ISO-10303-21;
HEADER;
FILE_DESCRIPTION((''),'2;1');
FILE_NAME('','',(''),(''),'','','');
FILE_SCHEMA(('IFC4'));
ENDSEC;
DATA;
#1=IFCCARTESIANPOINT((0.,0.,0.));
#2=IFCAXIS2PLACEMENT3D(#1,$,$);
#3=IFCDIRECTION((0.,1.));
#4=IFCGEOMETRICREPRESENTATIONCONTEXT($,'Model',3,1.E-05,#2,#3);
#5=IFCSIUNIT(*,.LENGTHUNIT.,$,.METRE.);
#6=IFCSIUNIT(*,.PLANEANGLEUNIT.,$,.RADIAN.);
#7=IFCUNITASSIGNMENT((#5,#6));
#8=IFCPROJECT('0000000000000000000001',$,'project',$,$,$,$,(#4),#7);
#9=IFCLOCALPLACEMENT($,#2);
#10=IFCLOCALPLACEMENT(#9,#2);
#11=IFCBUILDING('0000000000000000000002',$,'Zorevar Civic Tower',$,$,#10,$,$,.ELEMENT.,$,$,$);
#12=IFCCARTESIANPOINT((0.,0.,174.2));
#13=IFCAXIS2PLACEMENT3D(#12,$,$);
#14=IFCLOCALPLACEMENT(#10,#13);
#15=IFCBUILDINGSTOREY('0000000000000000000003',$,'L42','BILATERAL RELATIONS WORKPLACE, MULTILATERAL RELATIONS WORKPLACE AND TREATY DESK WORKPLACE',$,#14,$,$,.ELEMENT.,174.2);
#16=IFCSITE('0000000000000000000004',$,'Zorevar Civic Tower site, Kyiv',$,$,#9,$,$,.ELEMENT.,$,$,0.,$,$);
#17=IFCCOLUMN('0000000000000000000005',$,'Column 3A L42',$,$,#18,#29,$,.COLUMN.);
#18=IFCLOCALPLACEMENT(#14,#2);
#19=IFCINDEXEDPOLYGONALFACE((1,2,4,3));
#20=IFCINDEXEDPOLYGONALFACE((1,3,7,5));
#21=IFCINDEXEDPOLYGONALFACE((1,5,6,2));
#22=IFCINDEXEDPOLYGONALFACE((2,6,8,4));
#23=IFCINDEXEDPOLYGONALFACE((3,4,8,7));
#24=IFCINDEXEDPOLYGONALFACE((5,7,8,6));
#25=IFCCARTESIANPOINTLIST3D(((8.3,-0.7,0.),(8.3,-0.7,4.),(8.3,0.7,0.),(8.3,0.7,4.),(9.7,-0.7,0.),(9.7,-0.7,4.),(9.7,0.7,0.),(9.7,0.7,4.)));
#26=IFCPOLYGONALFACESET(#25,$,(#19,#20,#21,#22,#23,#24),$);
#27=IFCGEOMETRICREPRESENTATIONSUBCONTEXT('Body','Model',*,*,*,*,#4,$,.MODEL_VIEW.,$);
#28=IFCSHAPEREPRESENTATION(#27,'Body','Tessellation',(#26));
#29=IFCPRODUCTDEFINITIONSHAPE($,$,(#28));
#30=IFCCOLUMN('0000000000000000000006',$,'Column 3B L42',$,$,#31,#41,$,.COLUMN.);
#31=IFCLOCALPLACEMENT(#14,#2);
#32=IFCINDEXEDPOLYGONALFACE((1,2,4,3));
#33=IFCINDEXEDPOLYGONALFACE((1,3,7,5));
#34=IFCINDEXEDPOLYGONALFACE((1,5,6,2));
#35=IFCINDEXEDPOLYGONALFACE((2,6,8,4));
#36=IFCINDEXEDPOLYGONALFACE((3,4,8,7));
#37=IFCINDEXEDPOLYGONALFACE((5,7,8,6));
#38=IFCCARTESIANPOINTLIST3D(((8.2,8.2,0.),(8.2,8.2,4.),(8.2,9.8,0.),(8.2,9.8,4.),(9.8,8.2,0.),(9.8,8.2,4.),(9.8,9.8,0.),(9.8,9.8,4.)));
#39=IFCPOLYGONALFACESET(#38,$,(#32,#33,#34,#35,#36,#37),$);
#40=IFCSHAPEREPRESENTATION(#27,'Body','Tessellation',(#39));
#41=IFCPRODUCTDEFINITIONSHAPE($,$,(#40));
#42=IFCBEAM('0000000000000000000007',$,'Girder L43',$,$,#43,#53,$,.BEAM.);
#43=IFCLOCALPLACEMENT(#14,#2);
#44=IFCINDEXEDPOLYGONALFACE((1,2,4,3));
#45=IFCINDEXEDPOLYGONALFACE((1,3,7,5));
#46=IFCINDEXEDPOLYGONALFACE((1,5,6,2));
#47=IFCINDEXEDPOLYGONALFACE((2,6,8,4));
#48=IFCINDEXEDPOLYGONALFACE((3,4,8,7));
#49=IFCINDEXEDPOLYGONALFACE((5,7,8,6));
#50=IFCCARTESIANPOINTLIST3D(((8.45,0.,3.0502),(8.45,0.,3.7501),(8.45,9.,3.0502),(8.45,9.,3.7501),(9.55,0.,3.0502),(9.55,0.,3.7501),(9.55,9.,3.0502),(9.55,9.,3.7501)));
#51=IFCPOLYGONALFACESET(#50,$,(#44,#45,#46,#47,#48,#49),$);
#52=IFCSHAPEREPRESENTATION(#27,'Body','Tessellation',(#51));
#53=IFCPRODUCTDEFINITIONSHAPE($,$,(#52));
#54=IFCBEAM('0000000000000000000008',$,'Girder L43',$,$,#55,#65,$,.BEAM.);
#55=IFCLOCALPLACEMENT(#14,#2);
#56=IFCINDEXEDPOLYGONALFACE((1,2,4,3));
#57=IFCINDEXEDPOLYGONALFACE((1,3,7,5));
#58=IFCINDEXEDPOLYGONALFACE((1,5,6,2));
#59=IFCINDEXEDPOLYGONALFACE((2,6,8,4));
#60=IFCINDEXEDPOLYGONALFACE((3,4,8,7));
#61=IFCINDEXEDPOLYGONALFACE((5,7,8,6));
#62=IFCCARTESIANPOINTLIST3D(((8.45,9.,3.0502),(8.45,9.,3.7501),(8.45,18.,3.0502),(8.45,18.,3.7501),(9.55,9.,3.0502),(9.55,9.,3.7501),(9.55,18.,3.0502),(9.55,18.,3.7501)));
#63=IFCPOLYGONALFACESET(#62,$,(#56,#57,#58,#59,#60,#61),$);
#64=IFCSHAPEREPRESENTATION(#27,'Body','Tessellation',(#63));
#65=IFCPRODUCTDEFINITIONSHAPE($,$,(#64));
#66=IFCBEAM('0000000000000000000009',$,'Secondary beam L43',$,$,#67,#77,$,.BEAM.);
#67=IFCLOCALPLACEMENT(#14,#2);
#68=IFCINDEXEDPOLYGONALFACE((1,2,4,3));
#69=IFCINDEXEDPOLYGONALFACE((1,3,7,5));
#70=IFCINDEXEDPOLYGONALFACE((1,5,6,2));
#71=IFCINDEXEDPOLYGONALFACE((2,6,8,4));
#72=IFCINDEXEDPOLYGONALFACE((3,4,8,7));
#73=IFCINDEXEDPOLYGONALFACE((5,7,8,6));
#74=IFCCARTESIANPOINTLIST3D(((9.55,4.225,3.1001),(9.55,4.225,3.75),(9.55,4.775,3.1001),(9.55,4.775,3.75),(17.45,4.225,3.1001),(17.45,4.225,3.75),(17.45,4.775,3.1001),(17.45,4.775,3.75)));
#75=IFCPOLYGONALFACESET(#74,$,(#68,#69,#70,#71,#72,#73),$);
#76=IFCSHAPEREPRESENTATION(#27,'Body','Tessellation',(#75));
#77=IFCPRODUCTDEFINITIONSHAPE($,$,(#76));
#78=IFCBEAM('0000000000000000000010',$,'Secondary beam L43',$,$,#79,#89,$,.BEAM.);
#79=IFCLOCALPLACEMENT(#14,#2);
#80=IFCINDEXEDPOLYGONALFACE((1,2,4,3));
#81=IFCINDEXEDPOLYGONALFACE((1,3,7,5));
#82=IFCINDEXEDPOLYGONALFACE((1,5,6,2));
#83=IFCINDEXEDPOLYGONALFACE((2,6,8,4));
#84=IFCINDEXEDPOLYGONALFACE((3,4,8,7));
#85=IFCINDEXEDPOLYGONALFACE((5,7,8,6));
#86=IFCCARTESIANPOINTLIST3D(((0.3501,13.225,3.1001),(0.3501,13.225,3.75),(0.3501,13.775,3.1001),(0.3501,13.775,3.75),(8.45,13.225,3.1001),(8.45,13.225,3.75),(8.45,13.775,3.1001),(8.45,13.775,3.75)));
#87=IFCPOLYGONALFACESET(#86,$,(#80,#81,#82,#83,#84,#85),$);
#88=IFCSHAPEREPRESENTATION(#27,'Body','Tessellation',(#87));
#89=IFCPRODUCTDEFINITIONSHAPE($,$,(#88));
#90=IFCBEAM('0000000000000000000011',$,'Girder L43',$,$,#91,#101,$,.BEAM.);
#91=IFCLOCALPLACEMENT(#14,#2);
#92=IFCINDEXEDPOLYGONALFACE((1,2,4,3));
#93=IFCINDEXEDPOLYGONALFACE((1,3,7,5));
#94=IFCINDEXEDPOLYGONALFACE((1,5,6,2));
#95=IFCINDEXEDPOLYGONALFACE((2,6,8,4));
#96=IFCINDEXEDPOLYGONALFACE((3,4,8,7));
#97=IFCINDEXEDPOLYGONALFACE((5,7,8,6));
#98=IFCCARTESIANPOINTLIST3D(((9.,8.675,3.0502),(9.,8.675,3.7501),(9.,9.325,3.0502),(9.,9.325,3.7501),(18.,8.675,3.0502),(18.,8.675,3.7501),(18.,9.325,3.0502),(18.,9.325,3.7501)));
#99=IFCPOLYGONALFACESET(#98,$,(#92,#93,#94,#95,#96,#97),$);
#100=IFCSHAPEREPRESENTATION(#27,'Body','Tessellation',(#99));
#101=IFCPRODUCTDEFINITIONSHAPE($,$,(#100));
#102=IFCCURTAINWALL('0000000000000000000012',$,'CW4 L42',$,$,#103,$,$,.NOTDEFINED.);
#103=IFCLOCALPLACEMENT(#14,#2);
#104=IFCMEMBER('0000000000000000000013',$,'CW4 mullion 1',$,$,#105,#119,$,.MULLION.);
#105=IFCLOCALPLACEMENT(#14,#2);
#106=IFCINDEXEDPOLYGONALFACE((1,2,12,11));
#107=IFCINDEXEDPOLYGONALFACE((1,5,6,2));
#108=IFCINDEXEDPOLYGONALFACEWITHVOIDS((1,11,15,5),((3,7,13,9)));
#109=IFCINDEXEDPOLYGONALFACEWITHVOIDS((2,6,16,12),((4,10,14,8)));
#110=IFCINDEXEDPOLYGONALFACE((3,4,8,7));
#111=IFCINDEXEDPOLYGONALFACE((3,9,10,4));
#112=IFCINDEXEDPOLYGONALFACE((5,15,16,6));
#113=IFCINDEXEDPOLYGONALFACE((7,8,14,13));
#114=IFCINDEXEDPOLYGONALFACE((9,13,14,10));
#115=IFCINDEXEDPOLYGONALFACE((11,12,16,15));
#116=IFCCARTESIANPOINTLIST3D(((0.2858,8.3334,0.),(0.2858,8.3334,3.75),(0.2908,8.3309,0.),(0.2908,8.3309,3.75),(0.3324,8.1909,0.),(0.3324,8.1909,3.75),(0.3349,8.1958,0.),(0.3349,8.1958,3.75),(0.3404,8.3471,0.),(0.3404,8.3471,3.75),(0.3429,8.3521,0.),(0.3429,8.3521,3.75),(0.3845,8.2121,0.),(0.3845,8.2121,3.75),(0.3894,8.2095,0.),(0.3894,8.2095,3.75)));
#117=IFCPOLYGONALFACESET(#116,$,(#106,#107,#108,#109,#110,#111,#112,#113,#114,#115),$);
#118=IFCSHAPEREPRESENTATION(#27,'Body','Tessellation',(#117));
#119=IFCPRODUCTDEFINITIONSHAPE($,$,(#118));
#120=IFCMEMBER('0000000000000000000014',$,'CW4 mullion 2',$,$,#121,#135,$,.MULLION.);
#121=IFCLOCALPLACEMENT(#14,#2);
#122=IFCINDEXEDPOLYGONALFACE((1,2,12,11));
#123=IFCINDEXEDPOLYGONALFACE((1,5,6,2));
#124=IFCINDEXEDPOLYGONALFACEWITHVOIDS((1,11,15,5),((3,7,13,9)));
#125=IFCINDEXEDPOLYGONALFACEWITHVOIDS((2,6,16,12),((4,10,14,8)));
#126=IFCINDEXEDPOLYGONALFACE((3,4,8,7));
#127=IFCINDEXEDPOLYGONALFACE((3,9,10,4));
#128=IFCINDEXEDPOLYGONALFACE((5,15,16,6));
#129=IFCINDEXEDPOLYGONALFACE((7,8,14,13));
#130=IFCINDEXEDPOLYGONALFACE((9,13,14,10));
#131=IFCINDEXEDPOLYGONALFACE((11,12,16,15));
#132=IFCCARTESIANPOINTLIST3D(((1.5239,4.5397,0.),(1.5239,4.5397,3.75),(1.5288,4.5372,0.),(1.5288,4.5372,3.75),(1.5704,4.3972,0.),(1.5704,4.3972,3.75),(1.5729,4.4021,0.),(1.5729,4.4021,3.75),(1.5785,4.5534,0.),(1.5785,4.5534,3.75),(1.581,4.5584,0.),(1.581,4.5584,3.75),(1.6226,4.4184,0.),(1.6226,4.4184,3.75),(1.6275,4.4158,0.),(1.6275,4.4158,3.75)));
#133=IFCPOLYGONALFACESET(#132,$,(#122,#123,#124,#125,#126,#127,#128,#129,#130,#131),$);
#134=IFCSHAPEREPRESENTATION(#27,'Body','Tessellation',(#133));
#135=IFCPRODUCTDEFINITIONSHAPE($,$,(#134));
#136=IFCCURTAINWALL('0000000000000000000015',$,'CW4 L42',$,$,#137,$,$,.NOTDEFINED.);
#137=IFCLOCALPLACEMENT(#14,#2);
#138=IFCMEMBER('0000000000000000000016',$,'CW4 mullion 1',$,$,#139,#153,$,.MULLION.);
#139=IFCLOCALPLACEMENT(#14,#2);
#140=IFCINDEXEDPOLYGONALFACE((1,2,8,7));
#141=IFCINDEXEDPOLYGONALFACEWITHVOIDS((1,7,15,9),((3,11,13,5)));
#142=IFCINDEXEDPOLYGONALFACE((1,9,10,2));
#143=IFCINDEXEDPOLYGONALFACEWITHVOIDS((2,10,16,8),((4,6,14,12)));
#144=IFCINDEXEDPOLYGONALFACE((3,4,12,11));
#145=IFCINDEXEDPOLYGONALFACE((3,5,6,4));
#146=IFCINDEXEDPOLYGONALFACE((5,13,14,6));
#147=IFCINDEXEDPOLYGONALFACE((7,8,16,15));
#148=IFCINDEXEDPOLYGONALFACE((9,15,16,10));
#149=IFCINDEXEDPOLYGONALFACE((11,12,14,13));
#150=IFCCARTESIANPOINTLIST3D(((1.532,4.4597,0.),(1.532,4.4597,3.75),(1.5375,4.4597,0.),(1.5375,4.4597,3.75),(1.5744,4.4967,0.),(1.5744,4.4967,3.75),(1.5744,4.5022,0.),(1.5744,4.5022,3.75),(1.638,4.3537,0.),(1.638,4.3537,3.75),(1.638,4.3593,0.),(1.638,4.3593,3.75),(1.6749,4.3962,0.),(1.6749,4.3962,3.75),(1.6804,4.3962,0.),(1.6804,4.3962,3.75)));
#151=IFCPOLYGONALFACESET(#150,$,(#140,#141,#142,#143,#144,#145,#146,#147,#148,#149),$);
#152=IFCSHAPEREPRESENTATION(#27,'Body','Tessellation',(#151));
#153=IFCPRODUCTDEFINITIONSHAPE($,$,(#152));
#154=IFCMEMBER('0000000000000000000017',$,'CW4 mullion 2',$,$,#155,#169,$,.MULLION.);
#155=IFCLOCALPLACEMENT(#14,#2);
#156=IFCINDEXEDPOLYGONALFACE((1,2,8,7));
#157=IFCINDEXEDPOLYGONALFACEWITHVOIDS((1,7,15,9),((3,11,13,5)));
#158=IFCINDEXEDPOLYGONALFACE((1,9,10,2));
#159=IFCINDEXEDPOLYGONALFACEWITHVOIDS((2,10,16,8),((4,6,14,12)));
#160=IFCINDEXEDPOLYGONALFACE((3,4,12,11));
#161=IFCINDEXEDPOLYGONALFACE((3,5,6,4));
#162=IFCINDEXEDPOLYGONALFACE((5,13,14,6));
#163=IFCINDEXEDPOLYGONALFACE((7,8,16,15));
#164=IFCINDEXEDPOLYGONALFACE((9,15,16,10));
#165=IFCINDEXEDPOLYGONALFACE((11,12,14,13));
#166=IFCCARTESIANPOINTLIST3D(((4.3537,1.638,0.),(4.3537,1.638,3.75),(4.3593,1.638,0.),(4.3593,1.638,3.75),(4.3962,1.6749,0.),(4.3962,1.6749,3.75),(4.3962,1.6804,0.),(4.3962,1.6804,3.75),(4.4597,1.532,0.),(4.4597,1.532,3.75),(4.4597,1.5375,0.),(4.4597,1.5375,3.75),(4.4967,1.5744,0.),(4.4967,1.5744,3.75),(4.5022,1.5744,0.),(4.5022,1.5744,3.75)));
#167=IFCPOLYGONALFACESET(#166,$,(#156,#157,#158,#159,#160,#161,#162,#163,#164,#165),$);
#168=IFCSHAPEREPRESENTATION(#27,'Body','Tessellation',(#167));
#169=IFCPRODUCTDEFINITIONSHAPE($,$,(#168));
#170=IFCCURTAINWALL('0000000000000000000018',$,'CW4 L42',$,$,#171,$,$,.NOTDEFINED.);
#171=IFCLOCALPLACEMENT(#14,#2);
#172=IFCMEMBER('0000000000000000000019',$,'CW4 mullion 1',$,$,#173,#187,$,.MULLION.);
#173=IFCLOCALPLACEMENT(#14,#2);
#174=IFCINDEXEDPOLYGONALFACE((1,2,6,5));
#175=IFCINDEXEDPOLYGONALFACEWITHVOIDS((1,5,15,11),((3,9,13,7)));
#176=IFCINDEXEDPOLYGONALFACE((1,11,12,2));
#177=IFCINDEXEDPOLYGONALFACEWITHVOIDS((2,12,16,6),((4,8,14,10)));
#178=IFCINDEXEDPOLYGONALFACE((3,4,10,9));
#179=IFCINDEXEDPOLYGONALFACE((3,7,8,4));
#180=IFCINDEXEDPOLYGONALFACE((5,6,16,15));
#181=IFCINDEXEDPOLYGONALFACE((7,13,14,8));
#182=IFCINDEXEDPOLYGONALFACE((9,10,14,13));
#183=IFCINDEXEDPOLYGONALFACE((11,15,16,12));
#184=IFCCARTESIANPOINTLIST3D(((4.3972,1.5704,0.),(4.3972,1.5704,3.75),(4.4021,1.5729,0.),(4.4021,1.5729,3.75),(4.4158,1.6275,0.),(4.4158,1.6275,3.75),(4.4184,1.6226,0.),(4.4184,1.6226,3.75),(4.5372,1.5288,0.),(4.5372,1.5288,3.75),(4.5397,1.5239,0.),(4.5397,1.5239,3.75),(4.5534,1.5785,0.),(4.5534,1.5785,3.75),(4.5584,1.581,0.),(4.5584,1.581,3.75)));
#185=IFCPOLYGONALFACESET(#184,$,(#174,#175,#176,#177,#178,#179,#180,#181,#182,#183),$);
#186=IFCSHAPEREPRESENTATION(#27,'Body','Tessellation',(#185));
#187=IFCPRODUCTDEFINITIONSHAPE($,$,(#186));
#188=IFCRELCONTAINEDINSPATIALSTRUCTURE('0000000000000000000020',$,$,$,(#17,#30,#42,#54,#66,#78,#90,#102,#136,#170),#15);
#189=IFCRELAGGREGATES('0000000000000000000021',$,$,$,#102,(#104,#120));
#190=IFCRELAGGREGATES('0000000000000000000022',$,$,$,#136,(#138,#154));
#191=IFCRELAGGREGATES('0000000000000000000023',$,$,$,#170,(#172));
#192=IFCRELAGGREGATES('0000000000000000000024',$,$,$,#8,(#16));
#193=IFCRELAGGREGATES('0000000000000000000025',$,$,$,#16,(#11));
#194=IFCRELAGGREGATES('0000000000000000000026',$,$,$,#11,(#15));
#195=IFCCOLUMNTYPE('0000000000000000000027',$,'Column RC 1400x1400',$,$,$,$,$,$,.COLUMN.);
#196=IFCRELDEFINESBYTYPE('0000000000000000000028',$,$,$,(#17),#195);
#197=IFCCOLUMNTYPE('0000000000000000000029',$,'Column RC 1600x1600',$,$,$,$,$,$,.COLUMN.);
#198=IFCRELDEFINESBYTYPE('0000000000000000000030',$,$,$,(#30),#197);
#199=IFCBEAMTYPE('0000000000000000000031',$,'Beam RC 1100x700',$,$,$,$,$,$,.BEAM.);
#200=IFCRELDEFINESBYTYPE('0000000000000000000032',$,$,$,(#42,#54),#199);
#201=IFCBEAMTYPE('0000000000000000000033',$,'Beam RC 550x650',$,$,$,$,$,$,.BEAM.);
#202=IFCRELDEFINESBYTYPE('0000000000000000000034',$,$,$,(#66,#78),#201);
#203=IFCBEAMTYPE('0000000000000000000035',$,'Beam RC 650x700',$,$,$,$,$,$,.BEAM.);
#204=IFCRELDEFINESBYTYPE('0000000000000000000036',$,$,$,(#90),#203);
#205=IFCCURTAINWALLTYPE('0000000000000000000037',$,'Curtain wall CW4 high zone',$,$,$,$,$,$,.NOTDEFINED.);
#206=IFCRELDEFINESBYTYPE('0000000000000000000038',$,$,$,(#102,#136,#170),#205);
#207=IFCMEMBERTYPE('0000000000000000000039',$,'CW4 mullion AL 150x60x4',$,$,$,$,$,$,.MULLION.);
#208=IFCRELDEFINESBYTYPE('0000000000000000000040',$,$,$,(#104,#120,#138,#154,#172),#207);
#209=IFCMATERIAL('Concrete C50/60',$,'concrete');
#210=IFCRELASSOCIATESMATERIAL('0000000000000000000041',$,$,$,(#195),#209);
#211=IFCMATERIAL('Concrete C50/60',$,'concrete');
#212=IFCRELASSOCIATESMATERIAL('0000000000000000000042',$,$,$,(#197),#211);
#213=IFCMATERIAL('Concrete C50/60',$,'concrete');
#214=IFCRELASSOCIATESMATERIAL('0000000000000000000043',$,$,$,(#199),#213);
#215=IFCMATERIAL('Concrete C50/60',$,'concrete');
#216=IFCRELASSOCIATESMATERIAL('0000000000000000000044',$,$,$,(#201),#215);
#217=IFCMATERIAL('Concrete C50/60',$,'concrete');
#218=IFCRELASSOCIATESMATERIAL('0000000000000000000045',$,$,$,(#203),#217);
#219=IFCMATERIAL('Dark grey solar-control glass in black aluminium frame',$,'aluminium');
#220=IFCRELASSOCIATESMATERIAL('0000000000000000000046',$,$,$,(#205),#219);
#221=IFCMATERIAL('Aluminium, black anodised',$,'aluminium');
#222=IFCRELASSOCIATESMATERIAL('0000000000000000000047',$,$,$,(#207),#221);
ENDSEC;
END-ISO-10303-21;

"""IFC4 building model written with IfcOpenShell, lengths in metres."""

from ifc_helpers import new_model, si_unit, direction, frame, origin, origin_2d, place, context, subcontext, project, spatial, rectangle, hollow_rectangle, extrude, material, material_profile, profile_set, type_object, element, aggregate, save


model = new_model("IFC4")

# Units and contexts
model_context = context("Model", 3, precision=1e-05, world=origin(), true_north=direction((0.0, 1.0)))
body_context = subcontext(model_context, "Body", "Model", "MODEL_VIEW")
ifc_project = project(units=[si_unit("LENGTHUNIT", "METRE"), si_unit("PLANEANGLEUNIT", "RADIAN")], contexts=[model_context])

# Site, building, storey
site_placement = place(None, origin())
site = spatial("IfcSite", under=ifc_project, at=site_placement, Name="Zorevar Civic Tower site, Kyiv", CompositionType="ELEMENT", RefElevation=0.0)
building_placement = place(site_placement, origin())
building = spatial("IfcBuilding", under=site, at=building_placement, Name="Zorevar Civic Tower", CompositionType="ELEMENT")
storey_placement = place(building_placement, frame((0.0, 0.0, 174.2)))
storey = spatial("IfcBuildingStorey", under=building, at=storey_placement, Name="L42", Description="BILATERAL RELATIONS WORKPLACE, MULTILATERAL RELATIONS WORKPLACE AND TREATY DESK WORKPLACE", CompositionType="ELEMENT", Elevation=174.2)

# Columns
ifc_material_1 = material(Name="Concrete C50/60", Category="concrete")
ifc_material_profile_1 = material_profile(ifc_material_1, rectangle(XDim=1.3999, YDim=1.3999, at=origin_2d()), Name="RC 1400x1400")
ifc_profile_set_1 = profile_set([ifc_material_profile_1], Name="Concrete C50/60")
column_type_1 = type_object("IfcColumnType", Name="Column RC 1400x1400", PredefinedType="COLUMN", material=ifc_profile_set_1)
column_1_placement = place(storey_placement, frame((9.0, 0.0, 0.0), z_axis=(0.0, 0.0, 1.0), x_axis=(1.0, 0.0, 0.0)))
element("IfcColumn", 1, at=column_1_placement, inside=storey, type_object=column_type_1, Name="Column 3A L42", PredefinedType="COLUMN", context=body_context, shape_type="SweptSolid", body=[
    extrude(rectangle(XDim=1.3999, YDim=1.3999, at=origin_2d()), origin(), (0.0, 0.0, 1.0), 4.0),
])
ifc_material_2 = material(Name="Concrete C50/60", Category="concrete")
ifc_material_profile_2 = material_profile(ifc_material_2, rectangle(XDim=1.6001, YDim=1.6001, at=origin_2d()), Name="RC 1600x1600")
ifc_profile_set_2 = profile_set([ifc_material_profile_2], Name="Concrete C50/60")
column_type_2 = type_object("IfcColumnType", Name="Column RC 1600x1600", PredefinedType="COLUMN", material=ifc_profile_set_2)
column_2_placement = place(storey_placement, frame((9.0, 9.0, 0.0), z_axis=(0.0, 0.0, 1.0), x_axis=(1.0, 0.0, 0.0)))
element("IfcColumn", 2, at=column_2_placement, inside=storey, type_object=column_type_2, Name="Column 3B L42", PredefinedType="COLUMN", context=body_context, shape_type="SweptSolid", body=[
    extrude(rectangle(XDim=1.6001, YDim=1.6001, at=origin_2d()), origin(), (0.0, 0.0, 1.0), 4.0),
])

# Beams
ifc_material_3 = material(Name="Concrete C50/60", Category="concrete")
ifc_material_profile_3 = material_profile(ifc_material_3, rectangle(XDim=1.1001, YDim=0.7, at=origin_2d()), Name="RC 1100x700")
ifc_profile_set_3 = profile_set([ifc_material_profile_3], Name="Concrete C50/60")
beam_type_1 = type_object("IfcBeamType", Name="Beam RC 1100x700", PredefinedType="BEAM", material=ifc_profile_set_3)
for number, where, z_axis, x_axis, name in (
    (3, (9.0, 0.0, 3.4001), (0.0, 1.0, 0.0), (-1.0, 0.0, 0.0), "Girder L43"),
    (4, (9.0, 9.0, 3.4001), (0.0, 1.0, 0.0), (-1.0, 0.0, 0.0), "Girder L43"),
):
    element("IfcBeam", number, at=place(storey_placement, frame(where, z_axis=z_axis, x_axis=x_axis)), inside=storey, type_object=beam_type_1, Name=name, PredefinedType="BEAM", context=body_context, shape_type="SweptSolid", body=[
        extrude(rectangle(XDim=1.1001, YDim=0.7, at=origin_2d()), origin(), (0.0, 0.0, 1.0), 9.0),
    ])
ifc_material_4 = material(Name="Concrete C50/60", Category="concrete")
ifc_material_profile_4 = material_profile(ifc_material_4, rectangle(XDim=0.55, YDim=0.6499, at=origin_2d()), Name="RC 550x650")
ifc_profile_set_4 = profile_set([ifc_material_profile_4], Name="Concrete C50/60")
beam_type_2 = type_object("IfcBeamType", Name="Beam RC 550x650", PredefinedType="BEAM", material=ifc_profile_set_4)
beam_1_placement = place(storey_placement, frame((9.55, 4.5, 3.425), z_axis=(1.0, 0.0, 0.0), x_axis=(0.0, 1.0, 0.0)))
element("IfcBeam", 5, at=beam_1_placement, inside=storey, type_object=beam_type_2, Name="Secondary beam L43", PredefinedType="BEAM", context=body_context, shape_type="SweptSolid", body=[
    extrude(rectangle(XDim=0.55, YDim=0.6499, at=origin_2d()), origin(), (0.0, 0.0, 1.0), 7.8999),
])
beam_2_placement = place(storey_placement, frame((0.3501, 13.5, 3.425), z_axis=(1.0, 0.0, 0.0), x_axis=(0.0, 1.0, 0.0)))
element("IfcBeam", 6, at=beam_2_placement, inside=storey, type_object=beam_type_2, Name="Secondary beam L43", PredefinedType="BEAM", context=body_context, shape_type="SweptSolid", body=[
    extrude(rectangle(XDim=0.55, YDim=0.6499, at=origin_2d()), origin(), (0.0, 0.0, 1.0), 8.0999),
])
ifc_material_5 = material(Name="Concrete C50/60", Category="concrete")
ifc_material_profile_5 = material_profile(ifc_material_5, rectangle(XDim=0.6499, YDim=0.7, at=origin_2d()), Name="RC 650x700")
ifc_profile_set_5 = profile_set([ifc_material_profile_5], Name="Concrete C50/60")
beam_type_3 = type_object("IfcBeamType", Name="Beam RC 650x700", PredefinedType="BEAM", material=ifc_profile_set_5)
beam_3_placement = place(storey_placement, frame((9.0, 9.0, 3.4001), z_axis=(1.0, 0.0, 0.0), x_axis=(0.0, 1.0, 0.0)))
element("IfcBeam", 7, at=beam_3_placement, inside=storey, type_object=beam_type_3, Name="Girder L43", PredefinedType="BEAM", context=body_context, shape_type="SweptSolid", body=[
    extrude(rectangle(XDim=0.6499, YDim=0.7, at=origin_2d()), origin(), (0.0, 0.0, 1.0), 9.0),
])

# Curtain walls, members
ifc_material_6 = material(Name="Dark grey solar-control glass in black aluminium frame", Category="aluminium")
curtain_wall_type = type_object("IfcCurtainWallType", Name="Curtain wall CW4 high zone", PredefinedType="NOTDEFINED", material=ifc_material_6)
curtain_wall_1_placement = place(storey_placement, origin())
curtain_wall_1 = element("IfcCurtainWall", 8, at=curtain_wall_1_placement, inside=storey, type_object=curtain_wall_type, Name="CW4 L42", PredefinedType="NOTDEFINED")
ifc_material_7 = material(Name="Aluminium, black anodised", Category="aluminium")
ifc_material_profile_6 = material_profile(ifc_material_7, hollow_rectangle(XDim=0.0601, YDim=0.1499, WallThickness=0.0039, at=origin_2d()), Name="AL 150x60x4")
ifc_profile_set_6 = profile_set([ifc_material_profile_6], Name="Aluminium, black anodised")
member_type_1 = type_object("IfcMemberType", Name="CW4 mullion AL 150x60x4", PredefinedType="MULLION", material=ifc_profile_set_6)
member_1_placement = place(storey_placement, frame((0.3376, 8.2715, 0.0), z_axis=(0.0, 0.0, 1.0), x_axis=(0.950645, 0.310281, 0.0)))
member_1 = element("IfcMember", 9, at=member_1_placement, type_object=member_type_1, Name="CW4 mullion 1", PredefinedType="MULLION", context=body_context, shape_type="SweptSolid", body=[
    extrude(hollow_rectangle(XDim=0.0601, YDim=0.1499, WallThickness=0.0039, at=origin_2d()), origin(), (0.0, 0.0, 1.0), 3.75),
])
member_2_placement = place(storey_placement, frame((1.5757, 4.4778, 0.0), z_axis=(0.0, 0.0, 1.0), x_axis=(0.950645, 0.310281, 0.0)))
member_2 = element("IfcMember", 10, at=member_2_placement, type_object=member_type_1, Name="CW4 mullion 2", PredefinedType="MULLION", context=body_context, shape_type="SweptSolid", body=[
    extrude(hollow_rectangle(XDim=0.0601, YDim=0.1499, WallThickness=0.0039, at=origin_2d()), origin(), (0.0, 0.0, 1.0), 3.75),
])
curtain_wall_2_placement = place(storey_placement, origin())
curtain_wall_2 = element("IfcCurtainWall", 11, at=curtain_wall_2_placement, inside=storey, type_object=curtain_wall_type, Name="CW4 L42", PredefinedType="NOTDEFINED")
member_3_placement = place(storey_placement, frame((1.6062, 4.428, 0.0), z_axis=(0.0, 0.0, 1.0), x_axis=(0.707107, 0.707107, 0.0)))
member_3 = element("IfcMember", 12, at=member_3_placement, type_object=member_type_1, Name="CW4 mullion 1", PredefinedType="MULLION", context=body_context, shape_type="SweptSolid", body=[
    extrude(hollow_rectangle(XDim=0.0601, YDim=0.1499, WallThickness=0.0039, at=origin_2d()), origin(), (0.0, 0.0, 1.0), 3.75),
])
member_4_placement = place(storey_placement, frame((4.428, 1.6062, 0.0), z_axis=(0.0, 0.0, 1.0), x_axis=(0.707107, 0.707107, 0.0)))
member_4 = element("IfcMember", 13, at=member_4_placement, type_object=member_type_1, Name="CW4 mullion 2", PredefinedType="MULLION", context=body_context, shape_type="SweptSolid", body=[
    extrude(hollow_rectangle(XDim=0.0601, YDim=0.1499, WallThickness=0.0039, at=origin_2d()), origin(), (0.0, 0.0, 1.0), 3.75),
])
curtain_wall_3_placement = place(storey_placement, origin())
curtain_wall_3 = element("IfcCurtainWall", 14, at=curtain_wall_3_placement, inside=storey, type_object=curtain_wall_type, Name="CW4 L42", PredefinedType="NOTDEFINED")
member_5_placement = place(storey_placement, frame((4.4778, 1.5757, 0.0), z_axis=(0.0, 0.0, 1.0), x_axis=(0.310281, 0.950645, 0.0)))
member_5 = element("IfcMember", 15, at=member_5_placement, type_object=member_type_1, Name="CW4 mullion 1", PredefinedType="MULLION", context=body_context, shape_type="SweptSolid", body=[
    extrude(hollow_rectangle(XDim=0.0601, YDim=0.1499, WallThickness=0.0039, at=origin_2d()), origin(), (0.0, 0.0, 1.0), 3.75),
])

aggregate(curtain_wall_1, [member_1, member_2])
aggregate(curtain_wall_2, [member_3, member_4])
aggregate(curtain_wall_3, [member_5])

save(model, "model.ifc")
